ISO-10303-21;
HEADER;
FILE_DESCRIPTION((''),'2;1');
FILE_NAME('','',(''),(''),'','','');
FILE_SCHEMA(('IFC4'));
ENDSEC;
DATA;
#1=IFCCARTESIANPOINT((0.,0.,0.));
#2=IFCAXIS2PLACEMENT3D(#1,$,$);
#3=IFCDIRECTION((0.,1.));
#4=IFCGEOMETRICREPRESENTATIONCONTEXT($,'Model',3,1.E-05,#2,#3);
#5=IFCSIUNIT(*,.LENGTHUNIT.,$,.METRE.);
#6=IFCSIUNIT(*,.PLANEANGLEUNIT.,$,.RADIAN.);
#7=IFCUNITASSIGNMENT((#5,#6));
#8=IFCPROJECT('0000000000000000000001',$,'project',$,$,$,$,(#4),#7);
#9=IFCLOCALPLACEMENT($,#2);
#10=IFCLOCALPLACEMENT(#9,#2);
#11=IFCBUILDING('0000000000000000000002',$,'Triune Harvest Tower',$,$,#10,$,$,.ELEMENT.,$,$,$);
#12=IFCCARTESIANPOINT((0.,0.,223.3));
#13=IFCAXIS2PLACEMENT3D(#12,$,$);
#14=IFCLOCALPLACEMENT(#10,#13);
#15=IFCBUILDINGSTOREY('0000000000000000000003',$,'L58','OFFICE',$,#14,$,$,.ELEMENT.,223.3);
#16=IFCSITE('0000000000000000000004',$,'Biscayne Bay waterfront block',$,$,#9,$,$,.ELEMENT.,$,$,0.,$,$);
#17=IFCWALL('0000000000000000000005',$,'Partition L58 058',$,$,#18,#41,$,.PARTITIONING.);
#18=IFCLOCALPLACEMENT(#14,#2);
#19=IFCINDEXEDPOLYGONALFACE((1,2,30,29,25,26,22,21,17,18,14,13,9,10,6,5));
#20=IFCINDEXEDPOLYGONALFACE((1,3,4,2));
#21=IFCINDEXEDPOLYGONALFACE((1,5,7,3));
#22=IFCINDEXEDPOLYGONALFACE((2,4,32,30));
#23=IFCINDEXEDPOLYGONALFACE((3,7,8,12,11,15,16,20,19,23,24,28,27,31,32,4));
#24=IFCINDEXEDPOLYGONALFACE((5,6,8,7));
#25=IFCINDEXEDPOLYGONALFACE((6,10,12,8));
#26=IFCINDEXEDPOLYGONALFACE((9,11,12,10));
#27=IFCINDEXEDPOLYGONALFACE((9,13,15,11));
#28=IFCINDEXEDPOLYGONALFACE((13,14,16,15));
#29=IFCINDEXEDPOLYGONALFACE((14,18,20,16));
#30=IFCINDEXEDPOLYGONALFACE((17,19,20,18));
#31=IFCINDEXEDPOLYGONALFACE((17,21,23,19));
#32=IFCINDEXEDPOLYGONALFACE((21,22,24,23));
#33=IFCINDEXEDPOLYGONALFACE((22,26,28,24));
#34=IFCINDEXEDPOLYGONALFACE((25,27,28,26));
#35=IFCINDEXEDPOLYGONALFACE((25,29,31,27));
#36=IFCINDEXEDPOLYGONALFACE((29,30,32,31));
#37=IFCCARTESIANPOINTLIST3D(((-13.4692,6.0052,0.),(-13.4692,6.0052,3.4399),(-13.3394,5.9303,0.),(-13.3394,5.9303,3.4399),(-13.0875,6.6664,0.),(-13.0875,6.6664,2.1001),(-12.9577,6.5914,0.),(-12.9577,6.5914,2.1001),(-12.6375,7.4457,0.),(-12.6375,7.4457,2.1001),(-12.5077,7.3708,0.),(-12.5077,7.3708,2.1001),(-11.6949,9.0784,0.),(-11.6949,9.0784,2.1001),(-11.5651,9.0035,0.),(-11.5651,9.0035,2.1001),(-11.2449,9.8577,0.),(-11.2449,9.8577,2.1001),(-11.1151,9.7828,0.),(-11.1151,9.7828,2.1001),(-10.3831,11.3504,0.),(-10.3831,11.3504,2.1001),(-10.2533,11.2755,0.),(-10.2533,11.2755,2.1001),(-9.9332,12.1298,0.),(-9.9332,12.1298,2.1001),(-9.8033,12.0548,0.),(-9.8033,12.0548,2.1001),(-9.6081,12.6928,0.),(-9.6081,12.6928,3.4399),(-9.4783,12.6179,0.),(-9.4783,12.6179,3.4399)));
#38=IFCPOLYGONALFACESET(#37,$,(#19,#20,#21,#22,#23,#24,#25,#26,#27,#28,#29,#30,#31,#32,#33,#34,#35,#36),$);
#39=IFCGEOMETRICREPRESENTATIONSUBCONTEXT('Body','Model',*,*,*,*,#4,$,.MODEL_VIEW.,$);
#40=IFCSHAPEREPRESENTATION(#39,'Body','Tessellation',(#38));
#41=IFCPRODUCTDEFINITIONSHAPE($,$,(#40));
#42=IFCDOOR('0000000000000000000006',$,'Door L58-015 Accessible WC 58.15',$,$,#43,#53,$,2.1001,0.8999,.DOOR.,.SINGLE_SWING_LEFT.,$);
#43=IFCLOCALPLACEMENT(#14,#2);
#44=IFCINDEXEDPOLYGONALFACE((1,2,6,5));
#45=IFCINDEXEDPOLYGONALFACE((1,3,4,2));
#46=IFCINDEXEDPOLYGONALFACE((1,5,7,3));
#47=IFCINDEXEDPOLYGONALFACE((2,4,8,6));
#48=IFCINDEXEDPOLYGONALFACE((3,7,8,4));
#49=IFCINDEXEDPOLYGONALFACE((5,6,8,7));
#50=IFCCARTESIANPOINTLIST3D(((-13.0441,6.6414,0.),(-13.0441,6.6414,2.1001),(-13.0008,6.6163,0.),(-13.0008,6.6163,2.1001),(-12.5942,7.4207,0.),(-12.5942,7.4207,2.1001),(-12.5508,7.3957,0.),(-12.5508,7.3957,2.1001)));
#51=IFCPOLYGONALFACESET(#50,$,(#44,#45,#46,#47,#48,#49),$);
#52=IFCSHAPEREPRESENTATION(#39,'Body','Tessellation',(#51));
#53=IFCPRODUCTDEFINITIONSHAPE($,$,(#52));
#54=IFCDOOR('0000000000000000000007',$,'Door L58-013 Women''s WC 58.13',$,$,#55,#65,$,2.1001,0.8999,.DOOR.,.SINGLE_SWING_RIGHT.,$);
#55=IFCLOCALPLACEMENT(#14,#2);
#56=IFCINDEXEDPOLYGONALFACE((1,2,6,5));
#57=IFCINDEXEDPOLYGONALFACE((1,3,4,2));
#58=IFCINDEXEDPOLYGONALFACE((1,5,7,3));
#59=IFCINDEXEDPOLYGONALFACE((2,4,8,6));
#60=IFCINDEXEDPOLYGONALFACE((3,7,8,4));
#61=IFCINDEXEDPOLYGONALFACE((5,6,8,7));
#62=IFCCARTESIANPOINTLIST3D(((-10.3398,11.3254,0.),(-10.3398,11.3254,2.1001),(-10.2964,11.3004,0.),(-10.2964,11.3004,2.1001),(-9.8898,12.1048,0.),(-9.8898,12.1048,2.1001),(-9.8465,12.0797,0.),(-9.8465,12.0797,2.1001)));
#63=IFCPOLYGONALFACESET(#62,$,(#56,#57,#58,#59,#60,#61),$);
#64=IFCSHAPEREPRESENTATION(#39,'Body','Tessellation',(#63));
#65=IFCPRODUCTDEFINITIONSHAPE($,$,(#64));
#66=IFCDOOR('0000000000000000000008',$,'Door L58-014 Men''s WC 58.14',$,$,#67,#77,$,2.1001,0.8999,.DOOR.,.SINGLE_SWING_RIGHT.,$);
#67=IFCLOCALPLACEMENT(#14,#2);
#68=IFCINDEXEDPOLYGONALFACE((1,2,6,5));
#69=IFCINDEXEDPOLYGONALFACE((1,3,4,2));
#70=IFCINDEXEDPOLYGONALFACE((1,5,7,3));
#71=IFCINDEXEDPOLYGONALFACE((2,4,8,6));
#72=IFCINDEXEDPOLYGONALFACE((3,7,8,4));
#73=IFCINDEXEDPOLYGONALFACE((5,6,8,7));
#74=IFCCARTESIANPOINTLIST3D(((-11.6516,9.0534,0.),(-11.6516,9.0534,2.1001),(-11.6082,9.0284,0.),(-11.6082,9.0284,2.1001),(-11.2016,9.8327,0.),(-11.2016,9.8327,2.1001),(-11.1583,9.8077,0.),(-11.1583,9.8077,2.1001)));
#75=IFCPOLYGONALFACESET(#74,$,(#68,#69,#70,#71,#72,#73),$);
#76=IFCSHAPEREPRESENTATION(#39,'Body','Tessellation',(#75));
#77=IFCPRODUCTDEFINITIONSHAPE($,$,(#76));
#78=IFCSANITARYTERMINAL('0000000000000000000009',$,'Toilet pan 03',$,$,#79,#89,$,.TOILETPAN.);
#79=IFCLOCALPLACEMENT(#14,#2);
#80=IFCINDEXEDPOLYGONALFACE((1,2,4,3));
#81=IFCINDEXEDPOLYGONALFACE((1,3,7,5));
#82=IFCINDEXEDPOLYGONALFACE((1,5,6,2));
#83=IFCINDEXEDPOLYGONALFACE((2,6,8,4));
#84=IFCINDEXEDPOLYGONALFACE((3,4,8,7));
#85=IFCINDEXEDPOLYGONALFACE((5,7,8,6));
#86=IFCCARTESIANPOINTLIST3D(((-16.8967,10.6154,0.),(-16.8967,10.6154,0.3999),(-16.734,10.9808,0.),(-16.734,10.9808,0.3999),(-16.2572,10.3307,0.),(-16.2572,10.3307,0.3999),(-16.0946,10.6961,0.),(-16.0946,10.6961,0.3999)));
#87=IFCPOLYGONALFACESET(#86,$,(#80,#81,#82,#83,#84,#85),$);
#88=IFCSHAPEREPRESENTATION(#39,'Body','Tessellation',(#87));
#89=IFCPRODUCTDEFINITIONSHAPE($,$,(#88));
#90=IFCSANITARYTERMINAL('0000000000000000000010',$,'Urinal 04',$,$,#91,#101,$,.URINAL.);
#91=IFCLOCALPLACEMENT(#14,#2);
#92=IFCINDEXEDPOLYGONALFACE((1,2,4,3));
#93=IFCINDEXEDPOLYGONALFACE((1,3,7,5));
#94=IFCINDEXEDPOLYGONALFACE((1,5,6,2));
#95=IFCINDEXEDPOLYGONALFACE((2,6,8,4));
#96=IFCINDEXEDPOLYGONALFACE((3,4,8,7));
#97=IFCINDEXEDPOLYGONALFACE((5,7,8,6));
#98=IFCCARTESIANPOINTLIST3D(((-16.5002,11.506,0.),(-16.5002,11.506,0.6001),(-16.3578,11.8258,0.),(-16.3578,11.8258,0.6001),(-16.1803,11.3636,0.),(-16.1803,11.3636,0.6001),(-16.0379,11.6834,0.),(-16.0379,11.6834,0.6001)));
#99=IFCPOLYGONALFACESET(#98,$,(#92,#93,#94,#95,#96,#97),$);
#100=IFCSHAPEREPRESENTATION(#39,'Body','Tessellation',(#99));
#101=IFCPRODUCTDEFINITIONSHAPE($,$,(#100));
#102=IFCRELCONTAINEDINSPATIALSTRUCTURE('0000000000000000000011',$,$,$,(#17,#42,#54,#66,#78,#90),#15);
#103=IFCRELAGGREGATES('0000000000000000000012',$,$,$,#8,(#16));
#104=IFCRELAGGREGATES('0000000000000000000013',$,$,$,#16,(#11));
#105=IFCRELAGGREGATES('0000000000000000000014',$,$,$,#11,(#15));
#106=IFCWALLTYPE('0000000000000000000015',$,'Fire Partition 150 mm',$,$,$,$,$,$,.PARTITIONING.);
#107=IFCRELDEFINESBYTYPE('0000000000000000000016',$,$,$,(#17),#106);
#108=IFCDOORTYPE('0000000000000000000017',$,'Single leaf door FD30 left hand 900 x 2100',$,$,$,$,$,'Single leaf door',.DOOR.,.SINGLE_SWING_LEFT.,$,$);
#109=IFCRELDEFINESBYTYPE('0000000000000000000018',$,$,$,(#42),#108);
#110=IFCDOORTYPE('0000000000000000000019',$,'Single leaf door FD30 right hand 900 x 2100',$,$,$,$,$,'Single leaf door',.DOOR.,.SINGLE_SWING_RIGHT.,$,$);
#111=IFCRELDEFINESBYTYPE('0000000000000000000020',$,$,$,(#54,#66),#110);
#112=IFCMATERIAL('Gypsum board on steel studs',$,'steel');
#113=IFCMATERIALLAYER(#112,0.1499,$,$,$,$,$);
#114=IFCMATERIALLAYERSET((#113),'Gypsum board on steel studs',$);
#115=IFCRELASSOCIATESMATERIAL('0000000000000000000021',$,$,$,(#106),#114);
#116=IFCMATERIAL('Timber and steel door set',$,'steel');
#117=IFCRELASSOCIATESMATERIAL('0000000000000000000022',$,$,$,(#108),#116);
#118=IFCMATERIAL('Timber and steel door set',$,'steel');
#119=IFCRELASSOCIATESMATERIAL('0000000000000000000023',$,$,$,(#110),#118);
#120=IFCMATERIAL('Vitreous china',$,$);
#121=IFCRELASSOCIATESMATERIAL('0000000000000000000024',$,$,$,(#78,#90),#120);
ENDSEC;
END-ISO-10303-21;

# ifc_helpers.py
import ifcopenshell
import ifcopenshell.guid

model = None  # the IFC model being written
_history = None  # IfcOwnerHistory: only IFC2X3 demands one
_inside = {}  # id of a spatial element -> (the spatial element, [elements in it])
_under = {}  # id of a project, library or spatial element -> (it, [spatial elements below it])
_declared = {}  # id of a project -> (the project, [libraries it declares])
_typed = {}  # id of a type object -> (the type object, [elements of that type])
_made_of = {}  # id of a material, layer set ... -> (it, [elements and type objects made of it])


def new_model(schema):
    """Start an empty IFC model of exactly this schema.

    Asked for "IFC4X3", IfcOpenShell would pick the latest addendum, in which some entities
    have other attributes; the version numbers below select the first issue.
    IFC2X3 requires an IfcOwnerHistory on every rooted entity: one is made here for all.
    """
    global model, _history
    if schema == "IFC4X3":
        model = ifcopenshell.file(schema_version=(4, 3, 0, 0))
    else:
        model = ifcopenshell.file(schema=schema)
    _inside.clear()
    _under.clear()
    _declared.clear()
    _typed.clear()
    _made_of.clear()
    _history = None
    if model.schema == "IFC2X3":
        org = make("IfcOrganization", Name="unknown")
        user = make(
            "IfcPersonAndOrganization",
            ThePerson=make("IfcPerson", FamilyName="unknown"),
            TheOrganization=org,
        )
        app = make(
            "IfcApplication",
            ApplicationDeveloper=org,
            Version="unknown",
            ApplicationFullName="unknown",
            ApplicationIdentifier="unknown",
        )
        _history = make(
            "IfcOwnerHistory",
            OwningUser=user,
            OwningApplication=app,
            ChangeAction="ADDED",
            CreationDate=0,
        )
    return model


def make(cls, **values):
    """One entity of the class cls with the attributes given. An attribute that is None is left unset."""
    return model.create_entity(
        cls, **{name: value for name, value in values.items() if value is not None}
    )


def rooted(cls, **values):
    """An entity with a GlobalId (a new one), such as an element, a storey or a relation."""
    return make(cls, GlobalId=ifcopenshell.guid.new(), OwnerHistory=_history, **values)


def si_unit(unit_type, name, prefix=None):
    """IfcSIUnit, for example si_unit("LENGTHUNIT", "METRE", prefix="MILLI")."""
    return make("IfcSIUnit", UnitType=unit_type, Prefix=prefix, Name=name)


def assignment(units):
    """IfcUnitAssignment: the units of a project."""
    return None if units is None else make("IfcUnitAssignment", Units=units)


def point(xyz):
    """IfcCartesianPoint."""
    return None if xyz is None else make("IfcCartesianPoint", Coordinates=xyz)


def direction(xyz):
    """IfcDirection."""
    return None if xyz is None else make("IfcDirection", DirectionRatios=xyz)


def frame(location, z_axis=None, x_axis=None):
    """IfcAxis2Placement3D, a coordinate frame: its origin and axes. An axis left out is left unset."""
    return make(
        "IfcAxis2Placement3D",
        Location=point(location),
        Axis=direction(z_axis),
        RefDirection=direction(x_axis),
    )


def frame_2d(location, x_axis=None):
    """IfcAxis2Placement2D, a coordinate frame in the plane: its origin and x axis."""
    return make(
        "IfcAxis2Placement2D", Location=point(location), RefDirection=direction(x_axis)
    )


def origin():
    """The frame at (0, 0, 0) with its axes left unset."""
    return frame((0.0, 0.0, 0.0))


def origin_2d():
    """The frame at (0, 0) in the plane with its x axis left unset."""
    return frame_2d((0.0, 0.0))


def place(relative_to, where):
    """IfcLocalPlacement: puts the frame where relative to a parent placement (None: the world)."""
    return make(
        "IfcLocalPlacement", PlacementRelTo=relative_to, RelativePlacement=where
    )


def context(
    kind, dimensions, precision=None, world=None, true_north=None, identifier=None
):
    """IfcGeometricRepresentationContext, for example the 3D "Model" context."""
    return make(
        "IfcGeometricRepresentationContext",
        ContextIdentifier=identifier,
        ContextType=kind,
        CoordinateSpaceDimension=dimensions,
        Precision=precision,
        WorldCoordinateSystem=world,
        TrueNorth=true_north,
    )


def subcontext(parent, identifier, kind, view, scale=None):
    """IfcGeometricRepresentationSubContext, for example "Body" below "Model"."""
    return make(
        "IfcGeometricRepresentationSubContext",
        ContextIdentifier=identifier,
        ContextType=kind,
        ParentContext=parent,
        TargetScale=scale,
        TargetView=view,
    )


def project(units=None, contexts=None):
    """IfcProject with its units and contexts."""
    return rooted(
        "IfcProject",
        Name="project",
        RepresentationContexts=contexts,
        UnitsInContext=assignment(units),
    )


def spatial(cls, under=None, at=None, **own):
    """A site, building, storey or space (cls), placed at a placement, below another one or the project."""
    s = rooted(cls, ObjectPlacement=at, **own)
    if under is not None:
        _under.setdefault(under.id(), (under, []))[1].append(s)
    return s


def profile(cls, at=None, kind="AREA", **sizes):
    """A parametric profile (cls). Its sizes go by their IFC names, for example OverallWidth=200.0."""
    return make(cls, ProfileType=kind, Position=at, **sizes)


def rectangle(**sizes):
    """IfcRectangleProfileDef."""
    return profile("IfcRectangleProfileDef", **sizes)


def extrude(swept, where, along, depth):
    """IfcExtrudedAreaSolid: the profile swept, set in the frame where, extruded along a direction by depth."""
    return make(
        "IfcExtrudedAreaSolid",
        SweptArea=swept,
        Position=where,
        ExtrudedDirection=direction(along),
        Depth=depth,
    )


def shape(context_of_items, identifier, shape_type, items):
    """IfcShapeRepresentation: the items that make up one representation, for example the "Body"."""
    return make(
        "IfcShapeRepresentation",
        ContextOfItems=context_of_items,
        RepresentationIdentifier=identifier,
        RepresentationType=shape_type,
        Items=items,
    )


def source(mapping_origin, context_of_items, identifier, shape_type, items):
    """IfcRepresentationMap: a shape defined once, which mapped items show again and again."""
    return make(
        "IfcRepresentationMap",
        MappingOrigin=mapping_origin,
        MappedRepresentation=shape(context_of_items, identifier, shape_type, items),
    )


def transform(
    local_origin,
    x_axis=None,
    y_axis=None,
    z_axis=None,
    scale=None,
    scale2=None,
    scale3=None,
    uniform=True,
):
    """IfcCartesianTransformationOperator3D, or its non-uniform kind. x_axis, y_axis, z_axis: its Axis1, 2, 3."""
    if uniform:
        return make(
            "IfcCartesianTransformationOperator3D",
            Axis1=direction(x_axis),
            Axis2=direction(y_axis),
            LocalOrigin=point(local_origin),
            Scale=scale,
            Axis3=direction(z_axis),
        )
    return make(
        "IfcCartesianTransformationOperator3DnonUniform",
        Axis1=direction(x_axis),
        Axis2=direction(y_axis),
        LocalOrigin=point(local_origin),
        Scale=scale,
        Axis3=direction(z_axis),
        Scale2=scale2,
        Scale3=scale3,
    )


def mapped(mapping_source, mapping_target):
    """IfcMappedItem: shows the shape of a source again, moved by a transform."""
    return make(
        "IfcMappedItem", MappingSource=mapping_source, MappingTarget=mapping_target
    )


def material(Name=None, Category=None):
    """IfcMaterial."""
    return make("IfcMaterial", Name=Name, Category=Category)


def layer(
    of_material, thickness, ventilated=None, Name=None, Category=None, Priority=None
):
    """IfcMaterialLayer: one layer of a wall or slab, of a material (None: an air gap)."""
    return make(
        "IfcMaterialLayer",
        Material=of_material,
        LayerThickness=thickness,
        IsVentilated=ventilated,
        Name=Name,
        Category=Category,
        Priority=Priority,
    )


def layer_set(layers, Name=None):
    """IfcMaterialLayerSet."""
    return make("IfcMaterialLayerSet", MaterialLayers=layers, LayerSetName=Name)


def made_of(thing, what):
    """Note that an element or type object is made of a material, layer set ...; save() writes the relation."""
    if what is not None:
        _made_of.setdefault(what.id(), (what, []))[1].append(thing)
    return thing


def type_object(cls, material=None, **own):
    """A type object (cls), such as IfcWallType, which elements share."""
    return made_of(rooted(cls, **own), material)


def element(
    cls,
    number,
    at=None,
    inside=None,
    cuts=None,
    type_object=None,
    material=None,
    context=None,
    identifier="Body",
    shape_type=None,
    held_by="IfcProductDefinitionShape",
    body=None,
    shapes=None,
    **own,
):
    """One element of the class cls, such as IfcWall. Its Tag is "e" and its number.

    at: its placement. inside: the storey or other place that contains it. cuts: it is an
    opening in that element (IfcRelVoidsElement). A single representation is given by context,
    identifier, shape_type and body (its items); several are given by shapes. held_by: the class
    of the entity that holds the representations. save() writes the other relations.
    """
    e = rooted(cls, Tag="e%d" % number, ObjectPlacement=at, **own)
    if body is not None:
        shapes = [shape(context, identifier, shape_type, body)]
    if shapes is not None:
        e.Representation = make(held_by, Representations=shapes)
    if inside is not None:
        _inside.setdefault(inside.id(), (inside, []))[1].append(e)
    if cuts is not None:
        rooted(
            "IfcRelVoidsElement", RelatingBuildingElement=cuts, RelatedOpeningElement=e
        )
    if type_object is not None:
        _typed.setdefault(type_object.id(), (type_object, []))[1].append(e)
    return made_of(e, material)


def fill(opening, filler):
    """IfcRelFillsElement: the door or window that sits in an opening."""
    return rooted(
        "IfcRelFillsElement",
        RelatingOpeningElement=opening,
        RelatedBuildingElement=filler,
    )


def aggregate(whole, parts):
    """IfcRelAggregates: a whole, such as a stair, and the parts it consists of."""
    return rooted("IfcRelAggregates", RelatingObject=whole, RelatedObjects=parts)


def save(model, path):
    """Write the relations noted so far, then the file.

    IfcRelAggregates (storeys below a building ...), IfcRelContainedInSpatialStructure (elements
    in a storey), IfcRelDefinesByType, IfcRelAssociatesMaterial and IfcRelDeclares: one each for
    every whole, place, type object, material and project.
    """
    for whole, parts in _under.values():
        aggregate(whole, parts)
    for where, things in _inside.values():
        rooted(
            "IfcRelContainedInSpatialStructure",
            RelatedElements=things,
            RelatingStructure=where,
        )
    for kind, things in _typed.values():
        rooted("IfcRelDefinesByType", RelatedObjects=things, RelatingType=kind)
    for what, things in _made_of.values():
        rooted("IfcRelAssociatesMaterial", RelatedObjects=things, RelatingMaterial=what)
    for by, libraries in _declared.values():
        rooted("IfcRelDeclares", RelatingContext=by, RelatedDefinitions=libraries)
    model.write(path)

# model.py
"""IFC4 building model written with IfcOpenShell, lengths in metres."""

from ifc_helpers import new_model, si_unit, direction, frame, frame_2d, origin, origin_2d, place, context, subcontext, project, spatial, rectangle, extrude, source, transform, mapped, material, layer, layer_set, type_object, element, fill, save


model = new_model("IFC4")

# Units and contexts
model_context = context("Model", 3, precision=1e-05, world=origin(), true_north=direction((0.0, 1.0)))
body_context = subcontext(model_context, "Body", "Model", "MODEL_VIEW")
ifc_project = project(units=[si_unit("LENGTHUNIT", "METRE"), si_unit("PLANEANGLEUNIT", "RADIAN")], contexts=[model_context])

# Site, building, storey
site_placement = place(None, origin())
site = spatial("IfcSite", under=ifc_project, at=site_placement, Name="Biscayne Bay waterfront block", CompositionType="ELEMENT", RefElevation=0.0)
building_placement = place(site_placement, origin())
building = spatial("IfcBuilding", under=site, at=building_placement, Name="Triune Harvest Tower", CompositionType="ELEMENT")
storey_placement = place(building_placement, frame((0.0, 0.0, 223.3)))
storey = spatial("IfcBuildingStorey", under=building, at=storey_placement, Name="L58", Description="OFFICE", CompositionType="ELEMENT", Elevation=223.3)

# Shared definitions
ifc_material_1 = material(Name="Gypsum board on steel studs", Category="steel")
ifc_layer_1 = layer(ifc_material_1, 0.1499)
ifc_layer_set_1 = layer_set([ifc_layer_1], Name="Gypsum board on steel studs")
wall_type_1 = type_object("IfcWallType", Name="Fire Partition 150 mm", PredefinedType="PARTITIONING", material=ifc_layer_set_1)
ifc_material_2 = material(Name="Timber and steel door set", Category="steel")
door_type_1 = type_object("IfcDoorType", Name="Single leaf door FD30 left hand 900 x 2100", ElementType="Single leaf door", OperationType="SINGLE_SWING_LEFT", PredefinedType="DOOR", material=ifc_material_2)

# Wall, openings, doors
shared_shape_1 = source(origin(), body_context, "Body", "SweptSolid", [
    extrude(rectangle(XDim=7.7222, YDim=0.1499, at=frame_2d((3.8611, 0.0))), origin(), (0.0, 0.0, 1.0), 3.4399),
])
wall_1_placement = place(storey_placement, frame((-13.4043, 5.9678, 0.0), z_axis=(0.0, 0.0, 1.0), x_axis=(0.500005, 0.866022, 0.0)))
wall_1 = element("IfcWall", 1, at=wall_1_placement, inside=storey, type_object=wall_type_1, Name="Partition L58 058", PredefinedType="PARTITIONING", context=body_context, shape_type="MappedRepresentation", body=[
    mapped(shared_shape_1, transform((0.0, 0.0, 0.0), scale=1.0)),
])
opening_1_placement = place(wall_1_placement, frame((6.1721, 0.0, 0.0)))
opening_1 = element("IfcOpeningElement", 2, at=opening_1_placement, cuts=wall_1, PredefinedType="OPENING", context=body_context, shape_type="SweptSolid", body=[
    extrude(rectangle(XDim=0.8999, YDim=2.1001, at=frame_2d((0.45, 1.05))), frame((0.0, 0.085, 0.0), z_axis=(0.0, -1.0, 0.0), x_axis=(1.0, 0.0, 0.0)), (0.0, 0.0, 1.0), 0.1699),
])
opening_2_placement = place(wall_1_placement, frame((3.5486, 0.0, 0.0)))
opening_2 = element("IfcOpeningElement", 3, at=opening_2_placement, cuts=wall_1, PredefinedType="OPENING", context=body_context, shape_type="SweptSolid", body=[
    extrude(rectangle(XDim=0.8999, YDim=2.1001, at=frame_2d((0.45, 1.05))), frame((0.0, 0.085, 0.0), z_axis=(0.0, -1.0, 0.0), x_axis=(1.0, 0.0, 0.0)), (0.0, 0.0, 1.0), 0.1699),
])
opening_3_placement = place(wall_1_placement, frame((0.7634, 0.0, 0.0)))
opening_3 = element("IfcOpeningElement", 4, at=opening_3_placement, cuts=wall_1, PredefinedType="OPENING", context=body_context, shape_type="SweptSolid", body=[
    extrude(rectangle(XDim=0.8999, YDim=2.1001, at=frame_2d((0.45, 1.05))), frame((0.0, 0.085, 0.0), z_axis=(0.0, -1.0, 0.0), x_axis=(1.0, 0.0, 0.0)), (0.0, 0.0, 1.0), 0.1699),
])
door_1_placement = place(opening_3_placement, origin())
door_1 = element("IfcDoor", 5, at=door_1_placement, inside=storey, type_object=door_type_1, Name="Door L58-015 Accessible WC 58.15", OperationType="SINGLE_SWING_LEFT", OverallHeight=2.1001, OverallWidth=0.8999, PredefinedType="DOOR", context=body_context, shape_type="SweptSolid", body=[
    extrude(rectangle(XDim=0.8999, YDim=2.1001, at=frame_2d((0.45, 1.05))), frame((0.0, 0.0249, 0.0), z_axis=(0.0, -1.0, 0.0), x_axis=(1.0, 0.0, 0.0)), (0.0, 0.0, 1.0), 0.05),
])
fill(opening_3, door_1)
ifc_material_3 = material(Name="Timber and steel door set", Category="steel")
door_type_2 = type_object("IfcDoorType", Name="Single leaf door FD30 right hand 900 x 2100", ElementType="Single leaf door", OperationType="SINGLE_SWING_RIGHT", PredefinedType="DOOR", material=ifc_material_3)
door_2_placement = place(opening_1_placement, origin())
door_2 = element("IfcDoor", 6, at=door_2_placement, inside=storey, type_object=door_type_2, Name="Door L58-013 Women's WC 58.13", OperationType="SINGLE_SWING_RIGHT", OverallHeight=2.1001, OverallWidth=0.8999, PredefinedType="DOOR", context=body_context, shape_type="SweptSolid", body=[
    extrude(rectangle(XDim=0.8999, YDim=2.1001, at=frame_2d((0.45, 1.05))), frame((0.0, 0.0249, 0.0), z_axis=(0.0, -1.0, 0.0), x_axis=(1.0, 0.0, 0.0)), (0.0, 0.0, 1.0), 0.05),
])
fill(opening_1, door_2)
door_3_placement = place(opening_2_placement, origin())
door_3 = element("IfcDoor", 7, at=door_3_placement, inside=storey, type_object=door_type_2, Name="Door L58-014 Men's WC 58.14", OperationType="SINGLE_SWING_RIGHT", OverallHeight=2.1001, OverallWidth=0.8999, PredefinedType="DOOR", context=body_context, shape_type="SweptSolid", body=[
    extrude(rectangle(XDim=0.8999, YDim=2.1001, at=frame_2d((0.45, 1.05))), frame((0.0, 0.0249, 0.0), z_axis=(0.0, -1.0, 0.0), x_axis=(1.0, 0.0, 0.0)), (0.0, 0.0, 1.0), 0.05),
])
fill(opening_2, door_3)

# Sanitary terminals
ifc_material_4 = material(Name="Vitreous china")
shared_shape_2 = source(origin(), body_context, "Body", "SweptSolid", [
    extrude(rectangle(XDim=0.3999, YDim=0.7, at=origin_2d()), origin(), (0.0, 0.0, 1.0), 0.3999),
])
sanitary_terminal_1_placement = place(storey_placement, frame((-16.4956, 10.6558, 0.0), z_axis=(0.0, 0.0, 1.0), x_axis=(0.406737, 0.913545, 0.0)))
element("IfcSanitaryTerminal", 8, at=sanitary_terminal_1_placement, inside=storey, material=ifc_material_4, Name="Toilet pan 03", PredefinedType="TOILETPAN", context=body_context, shape_type="MappedRepresentation", body=[
    mapped(shared_shape_2, transform((0.0, 0.0, 0.0), scale=1.0)),
])
shared_shape_3 = source(origin(), body_context, "Body", "SweptSolid", [
    extrude(rectangle(XDim=0.3501, YDim=0.3501, at=origin_2d()), origin(), (0.0, 0.0, 1.0), 0.6001),
])
sanitary_terminal_2_placement = place(storey_placement, frame((-16.269, 11.5947, 0.0), z_axis=(0.0, 0.0, 1.0), x_axis=(0.406737, 0.913545, 0.0)))
element("IfcSanitaryTerminal", 9, at=sanitary_terminal_2_placement, inside=storey, material=ifc_material_4, Name="Urinal 04", PredefinedType="URINAL", context=body_context, shape_type="MappedRepresentation", body=[
    mapped(shared_shape_3, transform((0.0, 0.0, 0.0), scale=1.0)),
])

save(model, "model.ifc")
